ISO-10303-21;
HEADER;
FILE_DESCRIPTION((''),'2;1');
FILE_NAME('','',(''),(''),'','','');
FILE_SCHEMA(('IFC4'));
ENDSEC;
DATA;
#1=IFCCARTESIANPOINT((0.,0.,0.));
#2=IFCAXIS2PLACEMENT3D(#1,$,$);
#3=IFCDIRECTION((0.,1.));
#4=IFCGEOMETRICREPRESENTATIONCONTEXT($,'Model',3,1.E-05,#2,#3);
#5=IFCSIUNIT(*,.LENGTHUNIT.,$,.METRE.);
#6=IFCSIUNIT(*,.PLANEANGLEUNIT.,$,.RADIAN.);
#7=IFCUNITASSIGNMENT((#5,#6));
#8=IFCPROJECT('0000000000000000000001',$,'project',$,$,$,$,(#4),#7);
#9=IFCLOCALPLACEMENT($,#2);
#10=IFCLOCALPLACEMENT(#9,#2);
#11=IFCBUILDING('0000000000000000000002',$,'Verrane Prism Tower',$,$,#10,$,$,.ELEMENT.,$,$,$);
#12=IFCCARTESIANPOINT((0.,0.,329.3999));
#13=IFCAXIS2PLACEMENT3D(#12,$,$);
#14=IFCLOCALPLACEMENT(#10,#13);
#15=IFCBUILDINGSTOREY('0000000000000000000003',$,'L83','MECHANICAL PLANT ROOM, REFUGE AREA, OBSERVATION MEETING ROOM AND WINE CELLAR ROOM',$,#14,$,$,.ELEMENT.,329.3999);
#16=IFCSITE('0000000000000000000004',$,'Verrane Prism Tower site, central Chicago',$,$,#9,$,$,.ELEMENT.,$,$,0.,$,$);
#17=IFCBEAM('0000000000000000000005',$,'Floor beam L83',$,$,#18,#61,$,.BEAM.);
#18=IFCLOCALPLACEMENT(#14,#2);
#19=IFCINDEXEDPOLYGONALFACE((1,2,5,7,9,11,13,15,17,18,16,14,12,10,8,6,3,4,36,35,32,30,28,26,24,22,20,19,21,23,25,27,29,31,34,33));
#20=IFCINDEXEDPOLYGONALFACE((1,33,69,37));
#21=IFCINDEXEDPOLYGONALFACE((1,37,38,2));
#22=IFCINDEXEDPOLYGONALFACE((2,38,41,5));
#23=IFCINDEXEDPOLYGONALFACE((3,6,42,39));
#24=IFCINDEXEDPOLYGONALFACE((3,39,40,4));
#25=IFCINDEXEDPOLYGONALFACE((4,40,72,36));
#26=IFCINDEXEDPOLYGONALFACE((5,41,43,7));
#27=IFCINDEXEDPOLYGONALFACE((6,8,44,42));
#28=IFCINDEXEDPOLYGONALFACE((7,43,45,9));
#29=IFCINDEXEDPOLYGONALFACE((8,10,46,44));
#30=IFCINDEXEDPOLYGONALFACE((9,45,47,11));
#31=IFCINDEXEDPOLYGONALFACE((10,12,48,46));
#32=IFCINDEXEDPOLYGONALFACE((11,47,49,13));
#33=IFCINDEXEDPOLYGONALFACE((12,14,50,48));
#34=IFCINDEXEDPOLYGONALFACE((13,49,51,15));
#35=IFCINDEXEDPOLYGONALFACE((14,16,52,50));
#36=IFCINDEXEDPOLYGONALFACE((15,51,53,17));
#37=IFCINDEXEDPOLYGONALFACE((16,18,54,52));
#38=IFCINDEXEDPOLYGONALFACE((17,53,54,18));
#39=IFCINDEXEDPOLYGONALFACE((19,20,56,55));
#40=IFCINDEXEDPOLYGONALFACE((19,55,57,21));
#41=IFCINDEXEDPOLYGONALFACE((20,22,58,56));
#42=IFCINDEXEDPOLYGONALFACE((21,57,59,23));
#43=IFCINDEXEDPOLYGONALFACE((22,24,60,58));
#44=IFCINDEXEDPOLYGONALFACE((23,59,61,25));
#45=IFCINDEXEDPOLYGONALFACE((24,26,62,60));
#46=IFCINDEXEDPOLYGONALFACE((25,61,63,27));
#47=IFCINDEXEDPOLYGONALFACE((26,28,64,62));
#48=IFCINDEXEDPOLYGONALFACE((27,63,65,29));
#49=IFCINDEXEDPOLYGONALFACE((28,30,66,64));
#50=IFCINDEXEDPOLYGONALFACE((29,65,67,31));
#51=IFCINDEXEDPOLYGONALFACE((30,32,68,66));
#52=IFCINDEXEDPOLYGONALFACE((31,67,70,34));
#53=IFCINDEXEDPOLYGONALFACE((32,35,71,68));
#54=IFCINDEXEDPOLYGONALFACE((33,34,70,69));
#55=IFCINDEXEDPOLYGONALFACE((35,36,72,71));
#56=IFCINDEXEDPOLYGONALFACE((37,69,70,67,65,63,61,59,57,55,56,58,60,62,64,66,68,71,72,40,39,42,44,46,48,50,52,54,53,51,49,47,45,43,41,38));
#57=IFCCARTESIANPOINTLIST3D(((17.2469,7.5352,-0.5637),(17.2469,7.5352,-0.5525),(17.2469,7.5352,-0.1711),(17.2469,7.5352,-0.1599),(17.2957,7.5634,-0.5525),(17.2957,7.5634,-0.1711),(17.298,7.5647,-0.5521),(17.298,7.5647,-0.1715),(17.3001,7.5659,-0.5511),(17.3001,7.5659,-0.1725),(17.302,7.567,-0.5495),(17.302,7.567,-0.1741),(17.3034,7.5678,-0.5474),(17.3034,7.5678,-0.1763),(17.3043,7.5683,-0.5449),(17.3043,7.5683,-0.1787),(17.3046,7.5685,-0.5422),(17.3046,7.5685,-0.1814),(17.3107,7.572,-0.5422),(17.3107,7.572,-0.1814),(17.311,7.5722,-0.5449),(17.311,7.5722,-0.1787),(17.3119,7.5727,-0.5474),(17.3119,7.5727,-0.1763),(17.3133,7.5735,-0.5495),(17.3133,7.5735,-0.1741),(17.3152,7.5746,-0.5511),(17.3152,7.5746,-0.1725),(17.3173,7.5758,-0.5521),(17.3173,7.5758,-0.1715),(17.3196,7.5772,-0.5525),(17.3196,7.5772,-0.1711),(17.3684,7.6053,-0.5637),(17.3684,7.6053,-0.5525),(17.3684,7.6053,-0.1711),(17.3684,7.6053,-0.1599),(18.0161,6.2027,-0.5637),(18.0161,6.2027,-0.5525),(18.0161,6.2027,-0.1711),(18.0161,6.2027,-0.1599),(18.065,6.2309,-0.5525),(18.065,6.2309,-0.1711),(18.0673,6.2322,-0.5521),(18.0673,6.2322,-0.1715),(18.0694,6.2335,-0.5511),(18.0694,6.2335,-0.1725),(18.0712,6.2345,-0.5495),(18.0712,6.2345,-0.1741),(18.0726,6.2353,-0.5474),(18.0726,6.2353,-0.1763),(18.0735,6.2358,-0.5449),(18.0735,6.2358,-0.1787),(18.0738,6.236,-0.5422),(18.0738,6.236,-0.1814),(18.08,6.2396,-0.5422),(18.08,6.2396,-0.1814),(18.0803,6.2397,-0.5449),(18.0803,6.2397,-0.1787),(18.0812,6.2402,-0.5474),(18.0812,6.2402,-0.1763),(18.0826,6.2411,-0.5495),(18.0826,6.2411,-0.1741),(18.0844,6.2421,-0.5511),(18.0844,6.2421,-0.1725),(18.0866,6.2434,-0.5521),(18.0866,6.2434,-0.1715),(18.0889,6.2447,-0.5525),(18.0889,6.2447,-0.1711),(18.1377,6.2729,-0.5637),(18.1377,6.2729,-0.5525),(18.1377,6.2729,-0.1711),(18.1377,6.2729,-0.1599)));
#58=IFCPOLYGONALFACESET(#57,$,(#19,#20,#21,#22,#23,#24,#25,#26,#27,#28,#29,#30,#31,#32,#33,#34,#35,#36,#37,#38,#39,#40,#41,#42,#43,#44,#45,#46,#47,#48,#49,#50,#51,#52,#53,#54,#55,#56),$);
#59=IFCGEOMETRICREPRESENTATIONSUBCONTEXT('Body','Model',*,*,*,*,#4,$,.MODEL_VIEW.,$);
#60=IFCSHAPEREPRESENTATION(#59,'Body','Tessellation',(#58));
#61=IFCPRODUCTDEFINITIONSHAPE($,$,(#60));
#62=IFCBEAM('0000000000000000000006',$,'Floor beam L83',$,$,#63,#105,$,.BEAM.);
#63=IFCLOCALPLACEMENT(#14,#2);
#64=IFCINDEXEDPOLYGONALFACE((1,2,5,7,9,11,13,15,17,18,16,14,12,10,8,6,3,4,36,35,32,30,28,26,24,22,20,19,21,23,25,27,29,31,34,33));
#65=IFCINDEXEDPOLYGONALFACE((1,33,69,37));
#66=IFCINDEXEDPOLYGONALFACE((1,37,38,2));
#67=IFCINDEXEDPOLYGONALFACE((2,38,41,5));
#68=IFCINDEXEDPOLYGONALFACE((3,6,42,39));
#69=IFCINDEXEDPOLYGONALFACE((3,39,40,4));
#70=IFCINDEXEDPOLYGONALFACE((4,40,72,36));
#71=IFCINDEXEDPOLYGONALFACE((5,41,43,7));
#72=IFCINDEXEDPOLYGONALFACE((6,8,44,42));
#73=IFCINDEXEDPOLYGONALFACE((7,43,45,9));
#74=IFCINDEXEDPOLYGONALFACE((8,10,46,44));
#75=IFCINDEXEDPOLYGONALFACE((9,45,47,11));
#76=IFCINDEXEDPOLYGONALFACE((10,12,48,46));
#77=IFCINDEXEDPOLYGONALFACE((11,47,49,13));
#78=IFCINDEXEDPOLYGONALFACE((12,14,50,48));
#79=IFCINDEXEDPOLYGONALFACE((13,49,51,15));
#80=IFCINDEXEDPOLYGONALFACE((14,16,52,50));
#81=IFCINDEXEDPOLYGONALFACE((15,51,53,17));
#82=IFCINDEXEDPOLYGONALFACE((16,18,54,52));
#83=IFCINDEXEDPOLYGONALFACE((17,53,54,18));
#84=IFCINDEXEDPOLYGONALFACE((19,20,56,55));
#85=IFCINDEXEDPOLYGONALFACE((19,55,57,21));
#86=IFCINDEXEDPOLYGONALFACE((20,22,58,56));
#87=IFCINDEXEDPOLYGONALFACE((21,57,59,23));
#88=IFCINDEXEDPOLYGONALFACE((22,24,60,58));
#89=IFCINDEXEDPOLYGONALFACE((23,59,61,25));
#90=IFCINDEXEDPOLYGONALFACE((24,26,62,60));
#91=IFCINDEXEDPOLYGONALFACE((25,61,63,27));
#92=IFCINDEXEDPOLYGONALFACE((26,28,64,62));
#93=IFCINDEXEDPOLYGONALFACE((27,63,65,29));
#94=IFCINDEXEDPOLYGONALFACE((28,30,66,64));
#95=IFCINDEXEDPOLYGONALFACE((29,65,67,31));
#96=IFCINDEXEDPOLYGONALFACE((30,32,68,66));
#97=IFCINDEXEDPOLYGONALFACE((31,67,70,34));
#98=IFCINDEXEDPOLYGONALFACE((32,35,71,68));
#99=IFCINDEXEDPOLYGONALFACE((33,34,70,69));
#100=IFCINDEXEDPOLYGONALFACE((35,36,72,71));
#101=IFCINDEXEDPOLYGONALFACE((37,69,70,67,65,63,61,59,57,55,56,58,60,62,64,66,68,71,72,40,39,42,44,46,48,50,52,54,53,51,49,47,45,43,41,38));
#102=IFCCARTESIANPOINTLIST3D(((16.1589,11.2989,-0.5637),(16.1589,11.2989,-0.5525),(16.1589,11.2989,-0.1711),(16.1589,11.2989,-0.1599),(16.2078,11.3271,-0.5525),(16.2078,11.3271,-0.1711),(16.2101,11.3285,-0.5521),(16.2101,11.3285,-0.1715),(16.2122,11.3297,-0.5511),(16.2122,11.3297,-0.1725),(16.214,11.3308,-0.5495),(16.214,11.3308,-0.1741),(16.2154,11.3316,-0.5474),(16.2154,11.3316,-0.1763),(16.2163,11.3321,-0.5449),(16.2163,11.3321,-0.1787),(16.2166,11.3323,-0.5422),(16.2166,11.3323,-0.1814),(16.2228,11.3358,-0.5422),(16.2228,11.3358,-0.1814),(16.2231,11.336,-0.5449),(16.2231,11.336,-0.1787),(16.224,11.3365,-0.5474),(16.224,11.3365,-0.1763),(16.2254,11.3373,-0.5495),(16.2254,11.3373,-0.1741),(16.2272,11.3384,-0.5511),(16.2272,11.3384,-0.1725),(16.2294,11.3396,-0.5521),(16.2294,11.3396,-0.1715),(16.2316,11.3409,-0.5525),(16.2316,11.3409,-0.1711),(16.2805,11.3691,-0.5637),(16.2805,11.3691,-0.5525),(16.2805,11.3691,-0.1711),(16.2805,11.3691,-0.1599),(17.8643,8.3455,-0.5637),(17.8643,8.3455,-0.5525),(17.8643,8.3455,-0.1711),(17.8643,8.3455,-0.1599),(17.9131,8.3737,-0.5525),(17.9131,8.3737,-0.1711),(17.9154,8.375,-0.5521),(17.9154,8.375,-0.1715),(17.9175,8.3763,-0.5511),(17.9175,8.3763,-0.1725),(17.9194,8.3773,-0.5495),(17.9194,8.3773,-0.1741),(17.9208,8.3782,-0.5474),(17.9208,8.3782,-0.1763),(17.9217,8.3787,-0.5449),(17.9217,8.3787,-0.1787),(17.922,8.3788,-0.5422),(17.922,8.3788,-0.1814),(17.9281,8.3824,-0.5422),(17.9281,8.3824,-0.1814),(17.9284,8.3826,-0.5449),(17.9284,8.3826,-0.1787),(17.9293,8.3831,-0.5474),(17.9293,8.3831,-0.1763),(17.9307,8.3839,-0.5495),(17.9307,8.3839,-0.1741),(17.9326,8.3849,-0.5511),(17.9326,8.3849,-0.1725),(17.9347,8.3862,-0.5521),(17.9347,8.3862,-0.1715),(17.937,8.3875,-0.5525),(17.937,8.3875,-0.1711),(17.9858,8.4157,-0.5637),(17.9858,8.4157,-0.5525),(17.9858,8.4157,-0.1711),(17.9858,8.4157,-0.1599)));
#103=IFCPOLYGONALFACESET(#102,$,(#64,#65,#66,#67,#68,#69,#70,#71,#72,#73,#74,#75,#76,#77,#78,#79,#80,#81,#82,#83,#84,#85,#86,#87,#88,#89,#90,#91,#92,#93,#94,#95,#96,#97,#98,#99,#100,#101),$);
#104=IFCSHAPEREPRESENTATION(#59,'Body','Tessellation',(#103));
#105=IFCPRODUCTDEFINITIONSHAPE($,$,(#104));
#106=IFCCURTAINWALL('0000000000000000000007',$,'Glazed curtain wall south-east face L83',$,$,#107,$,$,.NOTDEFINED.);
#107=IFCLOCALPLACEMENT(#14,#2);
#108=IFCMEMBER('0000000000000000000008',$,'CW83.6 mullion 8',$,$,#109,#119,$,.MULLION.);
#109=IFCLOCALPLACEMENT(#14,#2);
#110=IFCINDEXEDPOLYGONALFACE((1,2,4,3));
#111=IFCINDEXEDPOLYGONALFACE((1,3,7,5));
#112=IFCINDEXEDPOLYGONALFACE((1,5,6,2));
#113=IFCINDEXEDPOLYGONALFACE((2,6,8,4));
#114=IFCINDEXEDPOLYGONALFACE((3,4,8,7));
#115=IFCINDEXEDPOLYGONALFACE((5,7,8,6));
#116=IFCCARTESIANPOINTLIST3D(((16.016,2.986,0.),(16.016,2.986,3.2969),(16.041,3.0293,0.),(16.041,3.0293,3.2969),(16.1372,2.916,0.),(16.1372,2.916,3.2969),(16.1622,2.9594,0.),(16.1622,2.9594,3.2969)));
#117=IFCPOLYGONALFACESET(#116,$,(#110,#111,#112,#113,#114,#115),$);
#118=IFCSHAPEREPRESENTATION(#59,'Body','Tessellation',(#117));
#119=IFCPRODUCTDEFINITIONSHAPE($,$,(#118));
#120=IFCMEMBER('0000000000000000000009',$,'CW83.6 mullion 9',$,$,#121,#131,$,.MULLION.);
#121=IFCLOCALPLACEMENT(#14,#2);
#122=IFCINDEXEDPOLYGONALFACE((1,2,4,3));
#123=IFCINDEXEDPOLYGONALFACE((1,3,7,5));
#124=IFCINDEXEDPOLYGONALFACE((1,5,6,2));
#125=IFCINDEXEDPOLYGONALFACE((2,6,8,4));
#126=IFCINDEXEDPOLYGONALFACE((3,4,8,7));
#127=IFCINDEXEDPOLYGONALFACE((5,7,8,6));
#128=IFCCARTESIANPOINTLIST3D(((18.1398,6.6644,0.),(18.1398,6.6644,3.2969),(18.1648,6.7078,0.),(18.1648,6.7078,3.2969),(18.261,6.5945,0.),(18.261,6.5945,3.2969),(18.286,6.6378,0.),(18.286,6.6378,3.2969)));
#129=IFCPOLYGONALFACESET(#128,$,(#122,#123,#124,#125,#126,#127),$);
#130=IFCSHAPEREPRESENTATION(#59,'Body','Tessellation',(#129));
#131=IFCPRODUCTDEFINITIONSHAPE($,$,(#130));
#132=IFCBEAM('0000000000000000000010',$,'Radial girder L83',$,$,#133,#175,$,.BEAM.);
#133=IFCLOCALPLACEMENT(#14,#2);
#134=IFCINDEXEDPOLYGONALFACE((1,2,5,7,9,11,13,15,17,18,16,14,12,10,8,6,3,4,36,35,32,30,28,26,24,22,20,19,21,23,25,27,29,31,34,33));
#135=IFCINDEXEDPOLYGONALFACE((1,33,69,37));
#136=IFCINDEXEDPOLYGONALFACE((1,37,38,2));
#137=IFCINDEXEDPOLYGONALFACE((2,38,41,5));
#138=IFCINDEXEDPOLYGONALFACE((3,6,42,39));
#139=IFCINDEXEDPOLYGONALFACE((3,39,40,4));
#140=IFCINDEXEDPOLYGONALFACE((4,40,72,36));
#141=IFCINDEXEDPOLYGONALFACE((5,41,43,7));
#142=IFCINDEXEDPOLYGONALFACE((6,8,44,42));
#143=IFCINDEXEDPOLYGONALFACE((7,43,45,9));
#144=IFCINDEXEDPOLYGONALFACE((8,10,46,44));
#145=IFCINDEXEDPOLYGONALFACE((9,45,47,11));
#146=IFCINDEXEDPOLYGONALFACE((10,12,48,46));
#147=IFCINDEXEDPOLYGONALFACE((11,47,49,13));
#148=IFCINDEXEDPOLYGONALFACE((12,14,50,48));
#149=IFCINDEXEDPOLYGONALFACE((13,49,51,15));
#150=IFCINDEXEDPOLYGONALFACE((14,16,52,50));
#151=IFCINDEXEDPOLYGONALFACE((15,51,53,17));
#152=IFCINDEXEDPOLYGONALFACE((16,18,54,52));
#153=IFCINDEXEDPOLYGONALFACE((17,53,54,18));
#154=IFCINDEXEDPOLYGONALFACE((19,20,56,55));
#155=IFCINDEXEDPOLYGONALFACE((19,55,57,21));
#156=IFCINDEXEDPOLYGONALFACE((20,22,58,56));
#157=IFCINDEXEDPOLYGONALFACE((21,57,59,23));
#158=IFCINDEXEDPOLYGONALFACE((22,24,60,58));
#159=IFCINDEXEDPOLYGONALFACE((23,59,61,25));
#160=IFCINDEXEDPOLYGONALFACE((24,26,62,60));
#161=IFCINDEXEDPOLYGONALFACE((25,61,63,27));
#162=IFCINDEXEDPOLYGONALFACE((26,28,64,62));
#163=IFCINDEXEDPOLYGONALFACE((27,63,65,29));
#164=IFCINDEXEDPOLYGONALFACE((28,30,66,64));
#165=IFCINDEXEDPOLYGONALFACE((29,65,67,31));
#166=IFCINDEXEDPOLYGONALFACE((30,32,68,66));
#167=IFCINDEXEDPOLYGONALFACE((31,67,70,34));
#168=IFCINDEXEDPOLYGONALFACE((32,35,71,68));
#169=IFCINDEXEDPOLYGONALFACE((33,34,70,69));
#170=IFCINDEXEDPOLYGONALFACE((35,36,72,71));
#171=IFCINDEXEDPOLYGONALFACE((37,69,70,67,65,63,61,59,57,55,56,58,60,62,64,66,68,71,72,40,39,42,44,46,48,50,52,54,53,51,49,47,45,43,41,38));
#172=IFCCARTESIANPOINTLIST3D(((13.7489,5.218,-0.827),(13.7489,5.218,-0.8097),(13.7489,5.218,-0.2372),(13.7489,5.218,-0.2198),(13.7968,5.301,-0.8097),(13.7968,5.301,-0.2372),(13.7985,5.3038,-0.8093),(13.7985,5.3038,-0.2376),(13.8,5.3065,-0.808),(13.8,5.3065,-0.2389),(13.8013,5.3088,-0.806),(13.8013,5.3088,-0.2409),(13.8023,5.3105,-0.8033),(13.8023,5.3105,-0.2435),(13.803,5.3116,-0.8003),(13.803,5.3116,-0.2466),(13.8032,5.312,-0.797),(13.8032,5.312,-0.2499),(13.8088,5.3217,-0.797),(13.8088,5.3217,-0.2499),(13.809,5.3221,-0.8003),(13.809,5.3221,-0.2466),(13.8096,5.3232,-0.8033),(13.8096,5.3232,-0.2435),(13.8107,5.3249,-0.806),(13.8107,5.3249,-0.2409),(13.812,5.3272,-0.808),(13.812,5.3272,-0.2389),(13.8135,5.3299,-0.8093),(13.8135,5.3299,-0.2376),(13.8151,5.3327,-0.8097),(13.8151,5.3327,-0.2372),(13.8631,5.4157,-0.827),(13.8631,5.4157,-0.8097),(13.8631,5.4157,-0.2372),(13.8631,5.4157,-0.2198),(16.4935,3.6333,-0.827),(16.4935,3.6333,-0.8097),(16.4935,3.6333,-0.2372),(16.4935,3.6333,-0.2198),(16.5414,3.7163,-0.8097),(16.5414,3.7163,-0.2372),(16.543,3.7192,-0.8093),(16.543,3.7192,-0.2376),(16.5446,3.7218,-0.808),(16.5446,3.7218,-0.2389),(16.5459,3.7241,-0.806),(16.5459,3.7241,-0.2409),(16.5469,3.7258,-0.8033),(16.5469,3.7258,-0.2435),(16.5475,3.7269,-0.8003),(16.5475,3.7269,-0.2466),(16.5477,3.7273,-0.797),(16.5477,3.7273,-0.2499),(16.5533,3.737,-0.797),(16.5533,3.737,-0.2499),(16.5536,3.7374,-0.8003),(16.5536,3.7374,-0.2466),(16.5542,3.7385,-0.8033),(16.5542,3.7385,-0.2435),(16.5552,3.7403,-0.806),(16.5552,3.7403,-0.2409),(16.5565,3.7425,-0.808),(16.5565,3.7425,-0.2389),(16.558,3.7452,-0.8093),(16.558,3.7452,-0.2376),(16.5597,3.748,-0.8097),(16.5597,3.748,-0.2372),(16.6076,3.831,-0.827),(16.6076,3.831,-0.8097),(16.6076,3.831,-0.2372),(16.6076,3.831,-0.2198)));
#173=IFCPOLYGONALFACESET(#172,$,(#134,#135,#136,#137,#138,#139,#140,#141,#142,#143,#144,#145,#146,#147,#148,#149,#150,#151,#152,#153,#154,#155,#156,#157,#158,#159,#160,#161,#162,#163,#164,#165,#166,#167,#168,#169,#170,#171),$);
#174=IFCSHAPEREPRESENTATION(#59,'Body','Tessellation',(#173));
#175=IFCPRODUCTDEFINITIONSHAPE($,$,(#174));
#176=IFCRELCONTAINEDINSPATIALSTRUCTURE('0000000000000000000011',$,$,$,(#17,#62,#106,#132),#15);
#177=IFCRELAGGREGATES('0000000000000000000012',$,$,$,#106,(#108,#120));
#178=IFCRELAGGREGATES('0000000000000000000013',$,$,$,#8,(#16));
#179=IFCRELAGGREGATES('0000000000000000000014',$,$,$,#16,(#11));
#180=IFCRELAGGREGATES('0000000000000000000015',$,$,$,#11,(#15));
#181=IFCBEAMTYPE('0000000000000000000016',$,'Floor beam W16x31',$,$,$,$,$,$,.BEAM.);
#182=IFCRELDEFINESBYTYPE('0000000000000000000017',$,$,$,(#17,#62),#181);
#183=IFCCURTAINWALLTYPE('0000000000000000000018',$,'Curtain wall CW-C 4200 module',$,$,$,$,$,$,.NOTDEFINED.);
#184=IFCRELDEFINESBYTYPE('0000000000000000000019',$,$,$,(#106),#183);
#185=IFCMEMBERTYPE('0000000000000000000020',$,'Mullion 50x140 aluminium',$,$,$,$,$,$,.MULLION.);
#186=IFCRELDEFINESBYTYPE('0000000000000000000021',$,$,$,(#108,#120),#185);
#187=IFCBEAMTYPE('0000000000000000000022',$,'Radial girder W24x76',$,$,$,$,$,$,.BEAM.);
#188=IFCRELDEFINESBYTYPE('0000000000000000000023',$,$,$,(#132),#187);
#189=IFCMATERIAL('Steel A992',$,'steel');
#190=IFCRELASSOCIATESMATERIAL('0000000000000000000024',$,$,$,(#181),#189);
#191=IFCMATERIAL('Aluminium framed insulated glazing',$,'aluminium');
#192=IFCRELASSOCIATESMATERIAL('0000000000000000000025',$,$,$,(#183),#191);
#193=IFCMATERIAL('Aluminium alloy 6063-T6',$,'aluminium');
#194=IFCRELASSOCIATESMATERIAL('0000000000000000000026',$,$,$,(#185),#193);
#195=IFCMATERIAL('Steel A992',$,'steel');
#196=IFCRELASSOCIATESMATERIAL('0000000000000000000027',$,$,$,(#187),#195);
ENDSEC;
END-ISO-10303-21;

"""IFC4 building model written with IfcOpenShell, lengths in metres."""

from ifc_helpers import new_model, si_unit, direction, frame, origin, origin_2d, place, context, subcontext, project, spatial, rectangle, i_section, extrude, material, material_profile, profile_set, type_object, element, aggregate, save


model = new_model("IFC4")

# Units and contexts
model_context = context("Model", 3, precision=1e-05, world=origin(), true_north=direction((0.0, 1.0)))
body_context = subcontext(model_context, "Body", "Model", "MODEL_VIEW")
ifc_project = project(units=[si_unit("LENGTHUNIT", "METRE"), si_unit("PLANEANGLEUNIT", "RADIAN")], contexts=[model_context])

# Site, building, storey
site_placement = place(None, origin())
site = spatial("IfcSite", under=ifc_project, at=site_placement, Name="Verrane Prism Tower site, central Chicago", CompositionType="ELEMENT", RefElevation=0.0)
building_placement = place(site_placement, origin())
building = spatial("IfcBuilding", under=site, at=building_placement, Name="Verrane Prism Tower", CompositionType="ELEMENT")
storey_placement = place(building_placement, frame((0.0, 0.0, 329.3999)))
storey = spatial("IfcBuildingStorey", under=building, at=storey_placement, Name="L83", Description="MECHANICAL PLANT ROOM, REFUGE AREA, OBSERVATION MEETING ROOM AND WINE CELLAR ROOM", CompositionType="ELEMENT", Elevation=329.3999)

# Beams
ifc_material_1 = material(Name="Steel A992", Category="steel")
ifc_material_profile_1 = material_profile(ifc_material_1, i_section(OverallWidth=0.1404, OverallDepth=0.4038, WebThickness=0.0071, FlangeThickness=0.0112, FilletRadius=0.0103, at=origin_2d()), Name="W16x31")
ifc_profile_set_1 = profile_set([ifc_material_profile_1], Name="Steel A992")
beam_type_1 = type_object("IfcBeamType", Name="Floor beam W16x31", PredefinedType="BEAM", material=ifc_profile_set_1)
beam_1_placement = place(storey_placement, frame((18.0769, 6.2378, -0.3618), z_axis=(-0.499979, 0.866038, 0.0), x_axis=(-0.866038, -0.499979, 0.0)))
element("IfcBeam", 1, at=beam_1_placement, inside=storey, type_object=beam_type_1, Name="Floor beam L83", PredefinedType="BEAM", context=body_context, shape_type="SweptSolid", body=[
    extrude(i_section(OverallWidth=0.1404, OverallDepth=0.4038, WebThickness=0.0071, FlangeThickness=0.0112, FilletRadius=0.0103, at=origin_2d()), origin(), (0.0, 0.0, 1.0), 1.5386),
])
beam_2_placement = place(storey_placement, frame((17.925, 8.3806, -0.3618), z_axis=(-0.500043, 0.866001, 0.0), x_axis=(-0.866001, -0.500043, 0.0)))
element("IfcBeam", 2, at=beam_2_placement, inside=storey, type_object=beam_type_1, Name="Floor beam L83", PredefinedType="BEAM", context=body_context, shape_type="SweptSolid", body=[
    extrude(i_section(OverallWidth=0.1404, OverallDepth=0.4038, WebThickness=0.0071, FlangeThickness=0.0112, FilletRadius=0.0103, at=origin_2d()), origin(), (0.0, 0.0, 1.0), 3.4104),
])

# Curtain wall, members
ifc_material_2 = material(Name="Aluminium framed insulated glazing", Category="aluminium")
curtain_wall_type = type_object("IfcCurtainWallType", Name="Curtain wall CW-C 4200 module", PredefinedType="NOTDEFINED", material=ifc_material_2)
curtain_wall_placement = place(storey_placement, origin())
curtain_wall = element("IfcCurtainWall", 3, at=curtain_wall_placement, inside=storey, type_object=curtain_wall_type, Name="Glazed curtain wall south-east face L83", PredefinedType="NOTDEFINED")
ifc_material_3 = material(Name="Aluminium alloy 6063-T6", Category="aluminium")
ifc_material_profile_2 = material_profile(ifc_material_3, rectangle(XDim=0.1399, YDim=0.05, at=origin_2d()), Name="Mullion 50x140 aluminium")
ifc_profile_set_2 = profile_set([ifc_material_profile_2], Name="Aluminium alloy 6063-T6")
member_type_1 = type_object("IfcMemberType", Name="Mullion 50x140 aluminium", PredefinedType="MULLION", material=ifc_profile_set_2)
member_1_placement = place(storey_placement, frame((16.0891, 2.9727, 0.0), z_axis=(0.0, 0.0, 1.0), x_axis=(-0.866025, 0.5, 0.0)))
member_1 = element("IfcMember", 4, at=member_1_placement, type_object=member_type_1, Name="CW83.6 mullion 8", PredefinedType="MULLION", context=body_context, shape_type="SweptSolid", body=[
    extrude(rectangle(XDim=0.1399, YDim=0.05, at=origin_2d()), origin(), (0.0, 0.0, 1.0), 3.2969),
])
member_2_placement = place(storey_placement, frame((18.2129, 6.6511, 0.0), z_axis=(0.0, 0.0, 1.0), x_axis=(-0.866025, 0.5, 0.0)))
member_2 = element("IfcMember", 5, at=member_2_placement, type_object=member_type_1, Name="CW83.6 mullion 9", PredefinedType="MULLION", context=body_context, shape_type="SweptSolid", body=[
    extrude(rectangle(XDim=0.1399, YDim=0.05, at=origin_2d()), origin(), (0.0, 0.0, 1.0), 3.2969),
])

# Beam
ifc_material_4 = material(Name="Steel A992", Category="steel")
ifc_material_profile_3 = material_profile(ifc_material_4, i_section(OverallWidth=0.2283, OverallDepth=0.6072, WebThickness=0.0112, FlangeThickness=0.0173, FilletRadius=0.0127, at=origin_2d()), Name="W24x76")
ifc_profile_set_3 = profile_set([ifc_material_profile_3], Name="Steel A992")
beam_type_2 = type_object("IfcBeamType", Name="Radial girder W24x76", PredefinedType="BEAM", material=ifc_profile_set_3)
beam_3_placement = place(storey_placement, frame((16.5505, 3.7322, -0.5234), z_axis=(-0.866011, 0.500025, 0.0), x_axis=(-0.500025, -0.866011, 0.0)))
element("IfcBeam", 6, at=beam_3_placement, inside=storey, type_object=beam_type_2, Name="Radial girder L83", PredefinedType="BEAM", context=body_context, shape_type="SweptSolid", body=[
    extrude(i_section(OverallWidth=0.2283, OverallDepth=0.6072, WebThickness=0.0112, FlangeThickness=0.0173, FilletRadius=0.0127, at=origin_2d()), origin(), (0.0, 0.0, 1.0), 3.1692),
])

aggregate(curtain_wall, [member_1, member_2])

save(model, "model.ifc")
